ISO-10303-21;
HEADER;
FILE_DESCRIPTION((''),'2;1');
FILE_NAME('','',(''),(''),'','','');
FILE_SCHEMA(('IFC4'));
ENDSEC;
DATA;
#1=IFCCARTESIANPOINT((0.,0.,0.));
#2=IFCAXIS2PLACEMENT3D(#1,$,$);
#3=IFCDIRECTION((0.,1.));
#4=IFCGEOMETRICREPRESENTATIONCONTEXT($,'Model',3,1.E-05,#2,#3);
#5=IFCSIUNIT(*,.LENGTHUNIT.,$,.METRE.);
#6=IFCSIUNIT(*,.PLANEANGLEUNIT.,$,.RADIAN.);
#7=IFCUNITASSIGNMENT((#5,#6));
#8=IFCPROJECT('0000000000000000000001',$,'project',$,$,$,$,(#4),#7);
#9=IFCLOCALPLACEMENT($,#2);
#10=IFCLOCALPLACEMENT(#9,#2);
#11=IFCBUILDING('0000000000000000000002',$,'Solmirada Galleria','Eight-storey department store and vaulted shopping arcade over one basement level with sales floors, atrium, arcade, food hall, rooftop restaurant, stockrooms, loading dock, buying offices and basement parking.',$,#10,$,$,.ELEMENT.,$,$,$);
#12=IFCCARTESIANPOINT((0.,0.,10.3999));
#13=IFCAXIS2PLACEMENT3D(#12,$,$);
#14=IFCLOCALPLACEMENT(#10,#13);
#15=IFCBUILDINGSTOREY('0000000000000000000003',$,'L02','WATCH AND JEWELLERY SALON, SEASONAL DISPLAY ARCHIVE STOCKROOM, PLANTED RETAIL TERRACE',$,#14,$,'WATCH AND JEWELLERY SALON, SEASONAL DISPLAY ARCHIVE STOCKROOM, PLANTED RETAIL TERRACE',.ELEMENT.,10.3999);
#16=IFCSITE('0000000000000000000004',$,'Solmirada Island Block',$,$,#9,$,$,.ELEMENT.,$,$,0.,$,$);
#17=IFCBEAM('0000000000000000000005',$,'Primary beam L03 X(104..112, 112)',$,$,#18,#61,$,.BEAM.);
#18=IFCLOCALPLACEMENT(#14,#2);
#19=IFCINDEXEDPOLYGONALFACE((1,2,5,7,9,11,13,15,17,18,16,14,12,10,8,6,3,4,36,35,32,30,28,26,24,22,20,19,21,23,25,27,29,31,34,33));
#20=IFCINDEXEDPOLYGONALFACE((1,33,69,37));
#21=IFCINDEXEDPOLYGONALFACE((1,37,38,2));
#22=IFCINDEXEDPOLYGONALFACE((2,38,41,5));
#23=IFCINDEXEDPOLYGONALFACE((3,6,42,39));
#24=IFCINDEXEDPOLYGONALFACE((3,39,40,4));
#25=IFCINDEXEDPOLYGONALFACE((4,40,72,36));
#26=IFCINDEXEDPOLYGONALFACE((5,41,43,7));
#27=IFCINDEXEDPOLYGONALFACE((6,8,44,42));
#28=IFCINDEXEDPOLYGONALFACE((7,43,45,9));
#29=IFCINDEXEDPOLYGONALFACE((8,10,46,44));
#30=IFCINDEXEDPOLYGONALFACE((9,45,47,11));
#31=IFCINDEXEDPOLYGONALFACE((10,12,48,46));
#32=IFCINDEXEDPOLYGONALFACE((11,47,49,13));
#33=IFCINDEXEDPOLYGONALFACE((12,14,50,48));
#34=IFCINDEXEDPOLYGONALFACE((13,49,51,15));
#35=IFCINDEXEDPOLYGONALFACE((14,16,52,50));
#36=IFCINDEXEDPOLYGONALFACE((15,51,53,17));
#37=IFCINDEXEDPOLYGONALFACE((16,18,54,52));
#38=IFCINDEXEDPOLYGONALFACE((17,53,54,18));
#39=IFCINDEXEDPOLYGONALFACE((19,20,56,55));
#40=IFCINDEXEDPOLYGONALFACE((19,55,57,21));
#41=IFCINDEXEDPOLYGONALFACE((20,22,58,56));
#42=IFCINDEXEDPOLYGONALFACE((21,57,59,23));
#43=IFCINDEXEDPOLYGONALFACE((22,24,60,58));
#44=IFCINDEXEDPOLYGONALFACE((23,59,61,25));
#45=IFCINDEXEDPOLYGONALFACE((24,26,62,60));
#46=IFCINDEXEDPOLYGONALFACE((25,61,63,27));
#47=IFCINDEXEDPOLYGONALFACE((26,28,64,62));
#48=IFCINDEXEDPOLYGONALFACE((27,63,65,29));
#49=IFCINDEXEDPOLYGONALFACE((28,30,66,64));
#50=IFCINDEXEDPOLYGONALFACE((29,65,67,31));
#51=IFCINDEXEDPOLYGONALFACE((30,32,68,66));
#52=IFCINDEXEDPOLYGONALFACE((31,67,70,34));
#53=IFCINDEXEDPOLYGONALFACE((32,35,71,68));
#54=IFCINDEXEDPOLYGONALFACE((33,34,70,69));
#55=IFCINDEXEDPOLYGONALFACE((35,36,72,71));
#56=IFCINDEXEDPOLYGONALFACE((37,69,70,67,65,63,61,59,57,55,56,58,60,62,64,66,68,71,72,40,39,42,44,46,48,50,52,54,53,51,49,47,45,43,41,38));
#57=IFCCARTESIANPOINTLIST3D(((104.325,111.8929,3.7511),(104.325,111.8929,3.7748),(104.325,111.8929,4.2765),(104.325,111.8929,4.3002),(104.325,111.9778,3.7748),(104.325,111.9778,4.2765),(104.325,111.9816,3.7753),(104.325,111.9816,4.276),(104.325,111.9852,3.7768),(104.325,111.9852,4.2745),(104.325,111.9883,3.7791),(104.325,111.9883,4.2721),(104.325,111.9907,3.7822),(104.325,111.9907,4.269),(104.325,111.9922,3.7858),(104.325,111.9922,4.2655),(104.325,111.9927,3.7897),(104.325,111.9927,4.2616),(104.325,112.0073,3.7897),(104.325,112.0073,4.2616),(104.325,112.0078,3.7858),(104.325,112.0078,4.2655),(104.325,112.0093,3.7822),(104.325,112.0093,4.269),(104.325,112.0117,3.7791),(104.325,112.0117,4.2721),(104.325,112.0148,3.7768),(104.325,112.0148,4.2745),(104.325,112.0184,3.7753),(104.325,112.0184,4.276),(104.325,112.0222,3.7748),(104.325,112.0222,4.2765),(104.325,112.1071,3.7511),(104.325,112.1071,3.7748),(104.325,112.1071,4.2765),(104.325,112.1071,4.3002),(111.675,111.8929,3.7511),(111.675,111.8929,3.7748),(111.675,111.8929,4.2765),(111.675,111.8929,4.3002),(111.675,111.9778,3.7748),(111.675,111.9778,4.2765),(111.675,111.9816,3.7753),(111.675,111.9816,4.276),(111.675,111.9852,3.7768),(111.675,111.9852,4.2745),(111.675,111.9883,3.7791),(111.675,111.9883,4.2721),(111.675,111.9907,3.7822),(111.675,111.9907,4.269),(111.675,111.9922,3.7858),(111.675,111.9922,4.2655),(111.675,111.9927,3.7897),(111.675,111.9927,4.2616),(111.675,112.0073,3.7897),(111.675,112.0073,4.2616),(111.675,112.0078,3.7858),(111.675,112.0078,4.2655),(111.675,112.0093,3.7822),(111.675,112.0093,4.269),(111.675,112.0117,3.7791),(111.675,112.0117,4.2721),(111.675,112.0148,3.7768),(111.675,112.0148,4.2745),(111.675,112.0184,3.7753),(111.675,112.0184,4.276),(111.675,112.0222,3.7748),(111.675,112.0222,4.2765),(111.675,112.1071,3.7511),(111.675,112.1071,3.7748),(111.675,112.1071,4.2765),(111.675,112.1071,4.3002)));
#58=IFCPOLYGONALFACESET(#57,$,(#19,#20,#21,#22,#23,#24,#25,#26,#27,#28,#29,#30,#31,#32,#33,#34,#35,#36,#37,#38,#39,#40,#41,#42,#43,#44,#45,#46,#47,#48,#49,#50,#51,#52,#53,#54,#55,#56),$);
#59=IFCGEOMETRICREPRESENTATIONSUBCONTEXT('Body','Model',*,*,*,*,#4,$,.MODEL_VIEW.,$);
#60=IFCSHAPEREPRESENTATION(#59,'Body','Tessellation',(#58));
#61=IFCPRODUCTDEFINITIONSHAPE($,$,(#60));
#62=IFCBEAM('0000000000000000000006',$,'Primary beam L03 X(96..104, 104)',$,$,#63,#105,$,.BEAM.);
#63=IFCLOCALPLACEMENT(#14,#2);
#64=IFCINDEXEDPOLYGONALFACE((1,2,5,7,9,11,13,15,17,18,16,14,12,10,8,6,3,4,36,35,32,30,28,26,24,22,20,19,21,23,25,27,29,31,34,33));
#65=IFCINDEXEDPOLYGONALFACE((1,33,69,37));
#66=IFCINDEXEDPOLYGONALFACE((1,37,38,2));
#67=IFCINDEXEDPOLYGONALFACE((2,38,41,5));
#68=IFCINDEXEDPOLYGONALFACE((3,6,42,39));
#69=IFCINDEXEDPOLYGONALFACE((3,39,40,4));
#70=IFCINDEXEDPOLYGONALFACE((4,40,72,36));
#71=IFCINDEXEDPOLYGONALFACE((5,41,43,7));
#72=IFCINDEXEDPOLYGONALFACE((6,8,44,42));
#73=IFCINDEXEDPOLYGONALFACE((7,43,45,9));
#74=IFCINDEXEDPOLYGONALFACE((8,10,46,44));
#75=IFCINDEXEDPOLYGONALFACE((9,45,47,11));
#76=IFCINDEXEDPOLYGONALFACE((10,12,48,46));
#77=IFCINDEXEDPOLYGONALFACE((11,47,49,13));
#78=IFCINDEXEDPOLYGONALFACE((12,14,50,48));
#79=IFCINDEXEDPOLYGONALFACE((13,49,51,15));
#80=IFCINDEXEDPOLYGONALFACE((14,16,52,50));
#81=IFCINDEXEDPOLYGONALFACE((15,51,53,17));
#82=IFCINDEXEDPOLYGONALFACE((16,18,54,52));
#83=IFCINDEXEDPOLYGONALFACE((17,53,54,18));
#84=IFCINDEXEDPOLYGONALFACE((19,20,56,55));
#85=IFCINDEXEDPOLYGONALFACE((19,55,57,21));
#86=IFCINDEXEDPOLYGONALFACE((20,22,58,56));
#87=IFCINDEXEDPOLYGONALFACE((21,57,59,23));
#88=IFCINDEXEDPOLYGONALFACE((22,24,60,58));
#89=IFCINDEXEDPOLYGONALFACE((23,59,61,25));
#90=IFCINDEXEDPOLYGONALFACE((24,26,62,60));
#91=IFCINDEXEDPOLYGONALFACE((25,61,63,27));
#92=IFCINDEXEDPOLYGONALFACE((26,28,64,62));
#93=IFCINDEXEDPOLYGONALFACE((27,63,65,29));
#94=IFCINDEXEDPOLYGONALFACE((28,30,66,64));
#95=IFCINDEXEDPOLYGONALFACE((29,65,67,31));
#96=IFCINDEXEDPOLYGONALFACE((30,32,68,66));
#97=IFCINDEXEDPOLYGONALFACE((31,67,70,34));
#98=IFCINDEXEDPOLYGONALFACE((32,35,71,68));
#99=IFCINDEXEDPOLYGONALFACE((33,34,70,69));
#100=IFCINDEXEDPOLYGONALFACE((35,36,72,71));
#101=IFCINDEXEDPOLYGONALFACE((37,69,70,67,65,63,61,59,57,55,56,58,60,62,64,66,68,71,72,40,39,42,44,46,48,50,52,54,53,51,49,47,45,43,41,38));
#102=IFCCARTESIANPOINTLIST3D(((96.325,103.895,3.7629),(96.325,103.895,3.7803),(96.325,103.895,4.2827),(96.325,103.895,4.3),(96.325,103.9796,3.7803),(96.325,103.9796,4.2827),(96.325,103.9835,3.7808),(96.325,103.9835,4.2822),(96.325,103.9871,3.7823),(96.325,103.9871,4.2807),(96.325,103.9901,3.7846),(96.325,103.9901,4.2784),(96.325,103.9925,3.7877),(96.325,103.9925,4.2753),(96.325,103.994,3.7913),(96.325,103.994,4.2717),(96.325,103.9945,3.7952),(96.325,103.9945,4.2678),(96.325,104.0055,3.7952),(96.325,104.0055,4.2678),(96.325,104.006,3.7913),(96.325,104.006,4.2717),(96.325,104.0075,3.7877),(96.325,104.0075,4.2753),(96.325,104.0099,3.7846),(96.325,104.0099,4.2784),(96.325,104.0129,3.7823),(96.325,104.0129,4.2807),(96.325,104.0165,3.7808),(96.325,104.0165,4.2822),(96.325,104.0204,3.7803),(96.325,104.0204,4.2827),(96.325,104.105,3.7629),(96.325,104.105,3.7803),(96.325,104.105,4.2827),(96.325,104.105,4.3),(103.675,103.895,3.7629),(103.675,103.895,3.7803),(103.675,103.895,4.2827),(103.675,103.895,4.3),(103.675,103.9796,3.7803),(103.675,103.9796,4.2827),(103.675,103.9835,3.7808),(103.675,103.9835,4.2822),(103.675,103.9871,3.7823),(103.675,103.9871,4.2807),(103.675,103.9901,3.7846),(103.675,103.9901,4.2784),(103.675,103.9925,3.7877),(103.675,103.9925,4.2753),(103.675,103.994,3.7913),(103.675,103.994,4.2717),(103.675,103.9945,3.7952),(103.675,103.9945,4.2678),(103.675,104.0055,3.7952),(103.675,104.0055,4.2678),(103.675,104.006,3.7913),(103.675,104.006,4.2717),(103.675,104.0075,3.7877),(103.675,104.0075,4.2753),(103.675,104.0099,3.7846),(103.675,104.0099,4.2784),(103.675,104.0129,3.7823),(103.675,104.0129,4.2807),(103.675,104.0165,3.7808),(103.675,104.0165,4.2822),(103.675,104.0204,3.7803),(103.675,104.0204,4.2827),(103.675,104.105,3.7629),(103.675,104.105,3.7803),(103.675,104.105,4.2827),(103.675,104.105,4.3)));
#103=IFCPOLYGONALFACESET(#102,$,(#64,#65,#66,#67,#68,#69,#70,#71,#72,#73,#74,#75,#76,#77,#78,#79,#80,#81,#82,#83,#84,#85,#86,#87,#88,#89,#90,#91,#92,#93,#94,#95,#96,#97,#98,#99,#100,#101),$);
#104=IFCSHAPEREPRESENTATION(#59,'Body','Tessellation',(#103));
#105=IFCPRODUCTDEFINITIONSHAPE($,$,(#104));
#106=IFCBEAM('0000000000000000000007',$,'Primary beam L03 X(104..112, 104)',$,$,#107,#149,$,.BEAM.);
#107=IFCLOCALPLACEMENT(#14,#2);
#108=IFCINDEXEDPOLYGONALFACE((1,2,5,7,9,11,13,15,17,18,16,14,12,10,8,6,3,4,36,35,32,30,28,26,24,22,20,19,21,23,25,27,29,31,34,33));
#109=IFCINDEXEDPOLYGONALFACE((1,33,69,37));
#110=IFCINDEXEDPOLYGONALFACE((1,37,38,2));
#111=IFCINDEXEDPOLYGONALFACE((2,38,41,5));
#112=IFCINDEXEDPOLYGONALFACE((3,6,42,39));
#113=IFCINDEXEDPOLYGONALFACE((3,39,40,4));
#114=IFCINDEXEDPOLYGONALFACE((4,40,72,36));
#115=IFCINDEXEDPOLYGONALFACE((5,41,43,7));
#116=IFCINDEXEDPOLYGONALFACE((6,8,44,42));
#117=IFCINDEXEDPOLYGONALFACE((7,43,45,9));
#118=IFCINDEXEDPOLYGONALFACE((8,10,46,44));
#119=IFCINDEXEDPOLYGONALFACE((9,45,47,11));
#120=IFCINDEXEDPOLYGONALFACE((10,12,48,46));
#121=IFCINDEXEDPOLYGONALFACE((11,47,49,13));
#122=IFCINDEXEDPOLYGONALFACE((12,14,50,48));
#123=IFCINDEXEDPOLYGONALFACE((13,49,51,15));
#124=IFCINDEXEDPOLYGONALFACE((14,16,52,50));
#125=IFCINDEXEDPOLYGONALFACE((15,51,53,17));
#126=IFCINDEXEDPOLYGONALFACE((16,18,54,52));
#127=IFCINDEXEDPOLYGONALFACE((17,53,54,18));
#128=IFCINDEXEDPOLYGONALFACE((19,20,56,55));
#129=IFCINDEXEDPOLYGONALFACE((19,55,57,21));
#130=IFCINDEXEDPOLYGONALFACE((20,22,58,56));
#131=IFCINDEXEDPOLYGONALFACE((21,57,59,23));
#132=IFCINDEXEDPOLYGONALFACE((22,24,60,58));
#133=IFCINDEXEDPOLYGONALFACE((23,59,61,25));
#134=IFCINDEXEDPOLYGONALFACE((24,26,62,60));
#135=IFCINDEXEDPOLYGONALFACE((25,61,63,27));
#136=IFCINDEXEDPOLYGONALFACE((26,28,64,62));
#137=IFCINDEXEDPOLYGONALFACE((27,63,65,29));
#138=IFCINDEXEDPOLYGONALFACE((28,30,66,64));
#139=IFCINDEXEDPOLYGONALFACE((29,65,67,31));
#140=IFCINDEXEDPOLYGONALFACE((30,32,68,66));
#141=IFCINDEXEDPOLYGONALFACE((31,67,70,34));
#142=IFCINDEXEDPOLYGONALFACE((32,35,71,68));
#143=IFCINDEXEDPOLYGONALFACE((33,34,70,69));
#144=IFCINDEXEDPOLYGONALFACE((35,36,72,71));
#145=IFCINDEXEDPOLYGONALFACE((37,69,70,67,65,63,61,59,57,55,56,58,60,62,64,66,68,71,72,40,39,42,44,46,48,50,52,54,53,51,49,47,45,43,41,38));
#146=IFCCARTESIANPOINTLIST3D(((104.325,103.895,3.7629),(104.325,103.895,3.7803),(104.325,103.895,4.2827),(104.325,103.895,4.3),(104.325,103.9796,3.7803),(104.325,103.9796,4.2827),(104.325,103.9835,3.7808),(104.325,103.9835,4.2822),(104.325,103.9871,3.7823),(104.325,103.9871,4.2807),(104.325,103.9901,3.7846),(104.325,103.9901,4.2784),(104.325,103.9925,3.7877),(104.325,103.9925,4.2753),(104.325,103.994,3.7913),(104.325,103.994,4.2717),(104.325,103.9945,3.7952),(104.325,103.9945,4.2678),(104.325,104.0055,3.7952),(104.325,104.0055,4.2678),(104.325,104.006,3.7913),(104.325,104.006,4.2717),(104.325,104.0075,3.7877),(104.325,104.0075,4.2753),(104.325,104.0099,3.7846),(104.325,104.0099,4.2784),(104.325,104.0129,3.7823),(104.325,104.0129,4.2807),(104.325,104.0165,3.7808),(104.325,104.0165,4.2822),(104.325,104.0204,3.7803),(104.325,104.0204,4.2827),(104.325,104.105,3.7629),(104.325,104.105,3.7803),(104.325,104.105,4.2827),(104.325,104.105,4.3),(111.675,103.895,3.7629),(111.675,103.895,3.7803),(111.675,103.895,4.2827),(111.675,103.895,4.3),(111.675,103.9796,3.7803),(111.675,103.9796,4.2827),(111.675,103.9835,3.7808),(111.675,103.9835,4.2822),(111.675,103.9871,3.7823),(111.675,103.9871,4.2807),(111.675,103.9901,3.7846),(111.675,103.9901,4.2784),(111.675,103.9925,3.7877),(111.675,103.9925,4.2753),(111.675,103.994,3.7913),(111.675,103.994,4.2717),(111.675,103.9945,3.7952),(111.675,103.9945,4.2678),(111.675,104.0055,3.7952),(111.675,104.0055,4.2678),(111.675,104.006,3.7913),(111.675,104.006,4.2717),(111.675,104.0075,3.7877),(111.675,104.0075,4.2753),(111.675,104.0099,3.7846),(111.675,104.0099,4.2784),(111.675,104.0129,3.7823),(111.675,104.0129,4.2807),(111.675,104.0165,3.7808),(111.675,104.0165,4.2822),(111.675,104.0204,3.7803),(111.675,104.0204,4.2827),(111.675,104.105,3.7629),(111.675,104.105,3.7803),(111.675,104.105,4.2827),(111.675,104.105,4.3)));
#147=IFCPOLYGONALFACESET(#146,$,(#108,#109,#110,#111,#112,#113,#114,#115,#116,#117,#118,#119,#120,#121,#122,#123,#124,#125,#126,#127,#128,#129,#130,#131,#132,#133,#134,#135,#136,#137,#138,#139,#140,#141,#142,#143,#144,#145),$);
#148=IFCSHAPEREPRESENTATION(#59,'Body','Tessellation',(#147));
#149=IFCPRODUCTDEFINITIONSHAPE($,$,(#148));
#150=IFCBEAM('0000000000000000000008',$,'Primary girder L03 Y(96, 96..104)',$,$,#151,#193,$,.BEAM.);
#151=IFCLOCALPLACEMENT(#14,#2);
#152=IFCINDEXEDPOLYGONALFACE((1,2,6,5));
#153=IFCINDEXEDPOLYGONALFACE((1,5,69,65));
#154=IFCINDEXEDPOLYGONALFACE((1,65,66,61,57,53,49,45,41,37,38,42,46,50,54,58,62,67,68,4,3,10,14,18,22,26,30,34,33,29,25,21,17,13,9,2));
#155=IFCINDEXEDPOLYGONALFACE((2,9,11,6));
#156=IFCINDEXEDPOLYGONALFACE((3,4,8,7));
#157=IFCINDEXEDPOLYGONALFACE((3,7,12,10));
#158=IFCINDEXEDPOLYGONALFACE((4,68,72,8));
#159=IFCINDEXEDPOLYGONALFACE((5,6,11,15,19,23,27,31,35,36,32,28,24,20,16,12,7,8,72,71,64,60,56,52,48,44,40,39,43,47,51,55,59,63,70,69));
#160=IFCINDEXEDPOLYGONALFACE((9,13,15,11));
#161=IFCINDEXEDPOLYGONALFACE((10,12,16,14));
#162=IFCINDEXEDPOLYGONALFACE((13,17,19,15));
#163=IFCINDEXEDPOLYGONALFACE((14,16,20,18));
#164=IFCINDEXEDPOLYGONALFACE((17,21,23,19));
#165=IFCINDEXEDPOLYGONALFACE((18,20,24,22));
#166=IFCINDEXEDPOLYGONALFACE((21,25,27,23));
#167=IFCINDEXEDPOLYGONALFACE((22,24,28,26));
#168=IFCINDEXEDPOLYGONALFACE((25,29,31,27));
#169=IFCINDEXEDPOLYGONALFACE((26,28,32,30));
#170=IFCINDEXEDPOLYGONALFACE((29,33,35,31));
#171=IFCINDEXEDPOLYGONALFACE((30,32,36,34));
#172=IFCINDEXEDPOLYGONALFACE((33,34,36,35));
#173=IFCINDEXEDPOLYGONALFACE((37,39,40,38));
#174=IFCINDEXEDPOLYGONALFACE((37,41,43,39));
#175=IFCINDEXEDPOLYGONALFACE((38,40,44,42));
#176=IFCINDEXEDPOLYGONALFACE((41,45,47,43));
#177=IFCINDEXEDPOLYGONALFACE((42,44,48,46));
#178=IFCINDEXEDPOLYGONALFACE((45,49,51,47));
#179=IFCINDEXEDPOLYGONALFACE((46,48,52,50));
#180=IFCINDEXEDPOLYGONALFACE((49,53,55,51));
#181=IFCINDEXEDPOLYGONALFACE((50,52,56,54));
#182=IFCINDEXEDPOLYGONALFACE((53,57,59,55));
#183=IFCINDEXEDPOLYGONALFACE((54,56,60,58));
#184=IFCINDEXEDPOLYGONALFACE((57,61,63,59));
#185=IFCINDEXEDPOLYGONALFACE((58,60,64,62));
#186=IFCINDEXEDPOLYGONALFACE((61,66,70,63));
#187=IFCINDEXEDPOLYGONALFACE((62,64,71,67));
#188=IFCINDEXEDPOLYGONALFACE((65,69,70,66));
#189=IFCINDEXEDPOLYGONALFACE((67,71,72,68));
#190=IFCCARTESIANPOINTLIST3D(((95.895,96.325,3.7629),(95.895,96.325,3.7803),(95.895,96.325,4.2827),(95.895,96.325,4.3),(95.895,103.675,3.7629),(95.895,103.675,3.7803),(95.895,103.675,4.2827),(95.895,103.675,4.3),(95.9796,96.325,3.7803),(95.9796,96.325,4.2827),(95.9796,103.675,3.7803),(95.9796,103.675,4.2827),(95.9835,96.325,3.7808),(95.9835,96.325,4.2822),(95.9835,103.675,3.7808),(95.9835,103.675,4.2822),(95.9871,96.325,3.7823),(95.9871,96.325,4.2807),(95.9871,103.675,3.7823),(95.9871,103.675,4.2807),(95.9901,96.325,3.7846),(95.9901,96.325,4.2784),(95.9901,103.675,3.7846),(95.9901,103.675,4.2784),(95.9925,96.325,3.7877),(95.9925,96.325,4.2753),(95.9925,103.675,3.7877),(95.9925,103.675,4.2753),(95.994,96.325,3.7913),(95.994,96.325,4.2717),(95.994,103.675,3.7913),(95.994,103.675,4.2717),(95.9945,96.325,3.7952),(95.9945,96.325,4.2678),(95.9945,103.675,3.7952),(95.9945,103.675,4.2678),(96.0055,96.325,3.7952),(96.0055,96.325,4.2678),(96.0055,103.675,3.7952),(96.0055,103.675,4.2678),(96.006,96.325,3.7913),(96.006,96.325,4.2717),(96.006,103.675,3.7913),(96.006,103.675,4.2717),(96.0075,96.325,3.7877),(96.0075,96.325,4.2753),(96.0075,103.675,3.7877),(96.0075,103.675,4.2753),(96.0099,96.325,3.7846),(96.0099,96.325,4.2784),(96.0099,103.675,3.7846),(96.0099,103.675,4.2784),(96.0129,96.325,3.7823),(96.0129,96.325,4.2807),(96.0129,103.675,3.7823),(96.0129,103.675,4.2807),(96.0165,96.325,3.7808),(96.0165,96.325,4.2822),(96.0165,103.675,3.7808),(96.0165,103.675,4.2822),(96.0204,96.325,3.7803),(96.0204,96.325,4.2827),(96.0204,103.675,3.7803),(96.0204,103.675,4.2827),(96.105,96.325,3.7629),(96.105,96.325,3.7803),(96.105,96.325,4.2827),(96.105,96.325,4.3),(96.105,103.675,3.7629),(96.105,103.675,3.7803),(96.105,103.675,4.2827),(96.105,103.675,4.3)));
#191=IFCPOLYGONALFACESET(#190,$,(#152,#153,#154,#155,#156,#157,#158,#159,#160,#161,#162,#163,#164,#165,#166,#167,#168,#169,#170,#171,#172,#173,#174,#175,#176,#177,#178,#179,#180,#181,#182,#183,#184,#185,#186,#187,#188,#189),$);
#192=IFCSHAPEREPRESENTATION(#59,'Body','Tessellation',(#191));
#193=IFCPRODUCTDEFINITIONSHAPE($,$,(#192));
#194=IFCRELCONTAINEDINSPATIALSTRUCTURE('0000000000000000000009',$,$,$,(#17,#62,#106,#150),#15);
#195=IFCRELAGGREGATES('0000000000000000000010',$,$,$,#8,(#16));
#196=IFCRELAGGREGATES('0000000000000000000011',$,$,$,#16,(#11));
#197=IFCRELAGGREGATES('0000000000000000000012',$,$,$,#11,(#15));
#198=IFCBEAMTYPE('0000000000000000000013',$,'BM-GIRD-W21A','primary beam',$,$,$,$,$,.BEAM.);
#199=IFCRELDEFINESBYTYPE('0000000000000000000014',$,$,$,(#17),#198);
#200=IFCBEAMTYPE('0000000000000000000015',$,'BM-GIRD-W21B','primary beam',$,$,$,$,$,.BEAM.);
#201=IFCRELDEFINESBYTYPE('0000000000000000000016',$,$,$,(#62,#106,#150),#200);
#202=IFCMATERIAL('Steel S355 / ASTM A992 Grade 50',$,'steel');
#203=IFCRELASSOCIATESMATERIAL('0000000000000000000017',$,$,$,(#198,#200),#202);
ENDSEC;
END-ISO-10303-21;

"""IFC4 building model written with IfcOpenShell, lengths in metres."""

from ifc_helpers import new_model, si_unit, direction, frame, origin, origin_2d, place, context, subcontext, project, spatial, i_section, extrude, material, material_profile, profile_set, type_object, element, save


model = new_model("IFC4")

# Units and contexts
model_context = context("Model", 3, precision=1e-05, world=origin(), true_north=direction((0.0, 1.0)))
body_context = subcontext(model_context, "Body", "Model", "MODEL_VIEW")
ifc_project = project(units=[si_unit("LENGTHUNIT", "METRE"), si_unit("PLANEANGLEUNIT", "RADIAN")], contexts=[model_context])

# Site, building, storey
site_placement = place(None, origin())
site = spatial("IfcSite", under=ifc_project, at=site_placement, Name="Solmirada Island Block", CompositionType="ELEMENT", RefElevation=0.0)
building_placement = place(site_placement, origin())
building = spatial("IfcBuilding", under=site, at=building_placement, Name="Solmirada Galleria", Description="Eight-storey department store and vaulted shopping arcade over one basement level with sales floors, atrium, arcade, food hall, rooftop restaurant, stockrooms, loading dock, buying offices and basement parking.", CompositionType="ELEMENT")
storey_placement = place(building_placement, frame((0.0, 0.0, 10.3999)))
storey = spatial("IfcBuildingStorey", under=building, at=storey_placement, Name="L02", Description="WATCH AND JEWELLERY SALON, SEASONAL DISPLAY ARCHIVE STOCKROOM, PLANTED RETAIL TERRACE", LongName="WATCH AND JEWELLERY SALON, SEASONAL DISPLAY ARCHIVE STOCKROOM, PLANTED RETAIL TERRACE", CompositionType="ELEMENT", Elevation=10.3999)

# Beams
ifc_material_1 = material(Name="Steel S355 / ASTM A992 Grade 50", Category="steel")
ifc_material_profile_1 = material_profile(ifc_material_1, i_section(OverallWidth=0.2141, OverallDepth=0.5491, WebThickness=0.0146, FlangeThickness=0.0237, FilletRadius=0.0149, at=origin_2d()), Name="W21X93")
ifc_profile_set_1 = profile_set([ifc_material_profile_1], Name="Steel S355 / ASTM A992 Grade 50")
beam_type_1 = type_object("IfcBeamType", Name="BM-GIRD-W21A", Description="primary beam", PredefinedType="BEAM", material=ifc_profile_set_1)
for number, where, z_axis, x_axis, name in (
    (1, (104.325, 112.0, 4.0256), (1.0, 0.0, 0.0), (0.0, 1.0, 0.0), "Primary beam L03 X(104..112, 112)"),
):
    element("IfcBeam", number, at=place(storey_placement, frame(where, z_axis=z_axis, x_axis=x_axis)), inside=storey, type_object=beam_type_1, Name=name, PredefinedType="BEAM", context=body_context, shape_type="SweptSolid", body=[
        extrude(i_section(OverallWidth=0.2141, OverallDepth=0.5491, WebThickness=0.0146, FlangeThickness=0.0237, FilletRadius=0.0149, at=origin_2d()), origin(), (0.0, 0.0, 1.0), 7.3501),
    ])
ifc_material_profile_2 = material_profile(ifc_material_1, i_section(OverallWidth=0.21, OverallDepth=0.5371, WebThickness=0.011, FlangeThickness=0.0173, FilletRadius=0.0149, at=origin_2d()), Name="W21X68")
ifc_profile_set_2 = profile_set([ifc_material_profile_2], Name="Steel S355 / ASTM A992 Grade 50")
beam_type_2 = type_object("IfcBeamType", Name="BM-GIRD-W21B", Description="primary beam", PredefinedType="BEAM", material=ifc_profile_set_2)
for number, where, z_axis, x_axis, name in (
    (2, (96.325, 104.0, 4.0315), (1.0, 0.0, 0.0), (0.0, 1.0, 0.0), "Primary beam L03 X(96..104, 104)"),
    (3, (104.325, 104.0, 4.0315), (1.0, 0.0, 0.0), (0.0, 1.0, 0.0), "Primary beam L03 X(104..112, 104)"),
    (4, (96.0, 96.325, 4.0315), (0.0, 1.0, 0.0), (-1.0, 0.0, 0.0), "Primary girder L03 Y(96, 96..104)"),
):
    element("IfcBeam", number, at=place(storey_placement, frame(where, z_axis=z_axis, x_axis=x_axis)), inside=storey, type_object=beam_type_2, Name=name, PredefinedType="BEAM", context=body_context, shape_type="SweptSolid", body=[
        extrude(i_section(OverallWidth=0.21, OverallDepth=0.5371, WebThickness=0.011, FlangeThickness=0.0173, FilletRadius=0.0149, at=origin_2d()), origin(), (0.0, 0.0, 1.0), 7.3501),
    ])

save(model, "model.ifc")
